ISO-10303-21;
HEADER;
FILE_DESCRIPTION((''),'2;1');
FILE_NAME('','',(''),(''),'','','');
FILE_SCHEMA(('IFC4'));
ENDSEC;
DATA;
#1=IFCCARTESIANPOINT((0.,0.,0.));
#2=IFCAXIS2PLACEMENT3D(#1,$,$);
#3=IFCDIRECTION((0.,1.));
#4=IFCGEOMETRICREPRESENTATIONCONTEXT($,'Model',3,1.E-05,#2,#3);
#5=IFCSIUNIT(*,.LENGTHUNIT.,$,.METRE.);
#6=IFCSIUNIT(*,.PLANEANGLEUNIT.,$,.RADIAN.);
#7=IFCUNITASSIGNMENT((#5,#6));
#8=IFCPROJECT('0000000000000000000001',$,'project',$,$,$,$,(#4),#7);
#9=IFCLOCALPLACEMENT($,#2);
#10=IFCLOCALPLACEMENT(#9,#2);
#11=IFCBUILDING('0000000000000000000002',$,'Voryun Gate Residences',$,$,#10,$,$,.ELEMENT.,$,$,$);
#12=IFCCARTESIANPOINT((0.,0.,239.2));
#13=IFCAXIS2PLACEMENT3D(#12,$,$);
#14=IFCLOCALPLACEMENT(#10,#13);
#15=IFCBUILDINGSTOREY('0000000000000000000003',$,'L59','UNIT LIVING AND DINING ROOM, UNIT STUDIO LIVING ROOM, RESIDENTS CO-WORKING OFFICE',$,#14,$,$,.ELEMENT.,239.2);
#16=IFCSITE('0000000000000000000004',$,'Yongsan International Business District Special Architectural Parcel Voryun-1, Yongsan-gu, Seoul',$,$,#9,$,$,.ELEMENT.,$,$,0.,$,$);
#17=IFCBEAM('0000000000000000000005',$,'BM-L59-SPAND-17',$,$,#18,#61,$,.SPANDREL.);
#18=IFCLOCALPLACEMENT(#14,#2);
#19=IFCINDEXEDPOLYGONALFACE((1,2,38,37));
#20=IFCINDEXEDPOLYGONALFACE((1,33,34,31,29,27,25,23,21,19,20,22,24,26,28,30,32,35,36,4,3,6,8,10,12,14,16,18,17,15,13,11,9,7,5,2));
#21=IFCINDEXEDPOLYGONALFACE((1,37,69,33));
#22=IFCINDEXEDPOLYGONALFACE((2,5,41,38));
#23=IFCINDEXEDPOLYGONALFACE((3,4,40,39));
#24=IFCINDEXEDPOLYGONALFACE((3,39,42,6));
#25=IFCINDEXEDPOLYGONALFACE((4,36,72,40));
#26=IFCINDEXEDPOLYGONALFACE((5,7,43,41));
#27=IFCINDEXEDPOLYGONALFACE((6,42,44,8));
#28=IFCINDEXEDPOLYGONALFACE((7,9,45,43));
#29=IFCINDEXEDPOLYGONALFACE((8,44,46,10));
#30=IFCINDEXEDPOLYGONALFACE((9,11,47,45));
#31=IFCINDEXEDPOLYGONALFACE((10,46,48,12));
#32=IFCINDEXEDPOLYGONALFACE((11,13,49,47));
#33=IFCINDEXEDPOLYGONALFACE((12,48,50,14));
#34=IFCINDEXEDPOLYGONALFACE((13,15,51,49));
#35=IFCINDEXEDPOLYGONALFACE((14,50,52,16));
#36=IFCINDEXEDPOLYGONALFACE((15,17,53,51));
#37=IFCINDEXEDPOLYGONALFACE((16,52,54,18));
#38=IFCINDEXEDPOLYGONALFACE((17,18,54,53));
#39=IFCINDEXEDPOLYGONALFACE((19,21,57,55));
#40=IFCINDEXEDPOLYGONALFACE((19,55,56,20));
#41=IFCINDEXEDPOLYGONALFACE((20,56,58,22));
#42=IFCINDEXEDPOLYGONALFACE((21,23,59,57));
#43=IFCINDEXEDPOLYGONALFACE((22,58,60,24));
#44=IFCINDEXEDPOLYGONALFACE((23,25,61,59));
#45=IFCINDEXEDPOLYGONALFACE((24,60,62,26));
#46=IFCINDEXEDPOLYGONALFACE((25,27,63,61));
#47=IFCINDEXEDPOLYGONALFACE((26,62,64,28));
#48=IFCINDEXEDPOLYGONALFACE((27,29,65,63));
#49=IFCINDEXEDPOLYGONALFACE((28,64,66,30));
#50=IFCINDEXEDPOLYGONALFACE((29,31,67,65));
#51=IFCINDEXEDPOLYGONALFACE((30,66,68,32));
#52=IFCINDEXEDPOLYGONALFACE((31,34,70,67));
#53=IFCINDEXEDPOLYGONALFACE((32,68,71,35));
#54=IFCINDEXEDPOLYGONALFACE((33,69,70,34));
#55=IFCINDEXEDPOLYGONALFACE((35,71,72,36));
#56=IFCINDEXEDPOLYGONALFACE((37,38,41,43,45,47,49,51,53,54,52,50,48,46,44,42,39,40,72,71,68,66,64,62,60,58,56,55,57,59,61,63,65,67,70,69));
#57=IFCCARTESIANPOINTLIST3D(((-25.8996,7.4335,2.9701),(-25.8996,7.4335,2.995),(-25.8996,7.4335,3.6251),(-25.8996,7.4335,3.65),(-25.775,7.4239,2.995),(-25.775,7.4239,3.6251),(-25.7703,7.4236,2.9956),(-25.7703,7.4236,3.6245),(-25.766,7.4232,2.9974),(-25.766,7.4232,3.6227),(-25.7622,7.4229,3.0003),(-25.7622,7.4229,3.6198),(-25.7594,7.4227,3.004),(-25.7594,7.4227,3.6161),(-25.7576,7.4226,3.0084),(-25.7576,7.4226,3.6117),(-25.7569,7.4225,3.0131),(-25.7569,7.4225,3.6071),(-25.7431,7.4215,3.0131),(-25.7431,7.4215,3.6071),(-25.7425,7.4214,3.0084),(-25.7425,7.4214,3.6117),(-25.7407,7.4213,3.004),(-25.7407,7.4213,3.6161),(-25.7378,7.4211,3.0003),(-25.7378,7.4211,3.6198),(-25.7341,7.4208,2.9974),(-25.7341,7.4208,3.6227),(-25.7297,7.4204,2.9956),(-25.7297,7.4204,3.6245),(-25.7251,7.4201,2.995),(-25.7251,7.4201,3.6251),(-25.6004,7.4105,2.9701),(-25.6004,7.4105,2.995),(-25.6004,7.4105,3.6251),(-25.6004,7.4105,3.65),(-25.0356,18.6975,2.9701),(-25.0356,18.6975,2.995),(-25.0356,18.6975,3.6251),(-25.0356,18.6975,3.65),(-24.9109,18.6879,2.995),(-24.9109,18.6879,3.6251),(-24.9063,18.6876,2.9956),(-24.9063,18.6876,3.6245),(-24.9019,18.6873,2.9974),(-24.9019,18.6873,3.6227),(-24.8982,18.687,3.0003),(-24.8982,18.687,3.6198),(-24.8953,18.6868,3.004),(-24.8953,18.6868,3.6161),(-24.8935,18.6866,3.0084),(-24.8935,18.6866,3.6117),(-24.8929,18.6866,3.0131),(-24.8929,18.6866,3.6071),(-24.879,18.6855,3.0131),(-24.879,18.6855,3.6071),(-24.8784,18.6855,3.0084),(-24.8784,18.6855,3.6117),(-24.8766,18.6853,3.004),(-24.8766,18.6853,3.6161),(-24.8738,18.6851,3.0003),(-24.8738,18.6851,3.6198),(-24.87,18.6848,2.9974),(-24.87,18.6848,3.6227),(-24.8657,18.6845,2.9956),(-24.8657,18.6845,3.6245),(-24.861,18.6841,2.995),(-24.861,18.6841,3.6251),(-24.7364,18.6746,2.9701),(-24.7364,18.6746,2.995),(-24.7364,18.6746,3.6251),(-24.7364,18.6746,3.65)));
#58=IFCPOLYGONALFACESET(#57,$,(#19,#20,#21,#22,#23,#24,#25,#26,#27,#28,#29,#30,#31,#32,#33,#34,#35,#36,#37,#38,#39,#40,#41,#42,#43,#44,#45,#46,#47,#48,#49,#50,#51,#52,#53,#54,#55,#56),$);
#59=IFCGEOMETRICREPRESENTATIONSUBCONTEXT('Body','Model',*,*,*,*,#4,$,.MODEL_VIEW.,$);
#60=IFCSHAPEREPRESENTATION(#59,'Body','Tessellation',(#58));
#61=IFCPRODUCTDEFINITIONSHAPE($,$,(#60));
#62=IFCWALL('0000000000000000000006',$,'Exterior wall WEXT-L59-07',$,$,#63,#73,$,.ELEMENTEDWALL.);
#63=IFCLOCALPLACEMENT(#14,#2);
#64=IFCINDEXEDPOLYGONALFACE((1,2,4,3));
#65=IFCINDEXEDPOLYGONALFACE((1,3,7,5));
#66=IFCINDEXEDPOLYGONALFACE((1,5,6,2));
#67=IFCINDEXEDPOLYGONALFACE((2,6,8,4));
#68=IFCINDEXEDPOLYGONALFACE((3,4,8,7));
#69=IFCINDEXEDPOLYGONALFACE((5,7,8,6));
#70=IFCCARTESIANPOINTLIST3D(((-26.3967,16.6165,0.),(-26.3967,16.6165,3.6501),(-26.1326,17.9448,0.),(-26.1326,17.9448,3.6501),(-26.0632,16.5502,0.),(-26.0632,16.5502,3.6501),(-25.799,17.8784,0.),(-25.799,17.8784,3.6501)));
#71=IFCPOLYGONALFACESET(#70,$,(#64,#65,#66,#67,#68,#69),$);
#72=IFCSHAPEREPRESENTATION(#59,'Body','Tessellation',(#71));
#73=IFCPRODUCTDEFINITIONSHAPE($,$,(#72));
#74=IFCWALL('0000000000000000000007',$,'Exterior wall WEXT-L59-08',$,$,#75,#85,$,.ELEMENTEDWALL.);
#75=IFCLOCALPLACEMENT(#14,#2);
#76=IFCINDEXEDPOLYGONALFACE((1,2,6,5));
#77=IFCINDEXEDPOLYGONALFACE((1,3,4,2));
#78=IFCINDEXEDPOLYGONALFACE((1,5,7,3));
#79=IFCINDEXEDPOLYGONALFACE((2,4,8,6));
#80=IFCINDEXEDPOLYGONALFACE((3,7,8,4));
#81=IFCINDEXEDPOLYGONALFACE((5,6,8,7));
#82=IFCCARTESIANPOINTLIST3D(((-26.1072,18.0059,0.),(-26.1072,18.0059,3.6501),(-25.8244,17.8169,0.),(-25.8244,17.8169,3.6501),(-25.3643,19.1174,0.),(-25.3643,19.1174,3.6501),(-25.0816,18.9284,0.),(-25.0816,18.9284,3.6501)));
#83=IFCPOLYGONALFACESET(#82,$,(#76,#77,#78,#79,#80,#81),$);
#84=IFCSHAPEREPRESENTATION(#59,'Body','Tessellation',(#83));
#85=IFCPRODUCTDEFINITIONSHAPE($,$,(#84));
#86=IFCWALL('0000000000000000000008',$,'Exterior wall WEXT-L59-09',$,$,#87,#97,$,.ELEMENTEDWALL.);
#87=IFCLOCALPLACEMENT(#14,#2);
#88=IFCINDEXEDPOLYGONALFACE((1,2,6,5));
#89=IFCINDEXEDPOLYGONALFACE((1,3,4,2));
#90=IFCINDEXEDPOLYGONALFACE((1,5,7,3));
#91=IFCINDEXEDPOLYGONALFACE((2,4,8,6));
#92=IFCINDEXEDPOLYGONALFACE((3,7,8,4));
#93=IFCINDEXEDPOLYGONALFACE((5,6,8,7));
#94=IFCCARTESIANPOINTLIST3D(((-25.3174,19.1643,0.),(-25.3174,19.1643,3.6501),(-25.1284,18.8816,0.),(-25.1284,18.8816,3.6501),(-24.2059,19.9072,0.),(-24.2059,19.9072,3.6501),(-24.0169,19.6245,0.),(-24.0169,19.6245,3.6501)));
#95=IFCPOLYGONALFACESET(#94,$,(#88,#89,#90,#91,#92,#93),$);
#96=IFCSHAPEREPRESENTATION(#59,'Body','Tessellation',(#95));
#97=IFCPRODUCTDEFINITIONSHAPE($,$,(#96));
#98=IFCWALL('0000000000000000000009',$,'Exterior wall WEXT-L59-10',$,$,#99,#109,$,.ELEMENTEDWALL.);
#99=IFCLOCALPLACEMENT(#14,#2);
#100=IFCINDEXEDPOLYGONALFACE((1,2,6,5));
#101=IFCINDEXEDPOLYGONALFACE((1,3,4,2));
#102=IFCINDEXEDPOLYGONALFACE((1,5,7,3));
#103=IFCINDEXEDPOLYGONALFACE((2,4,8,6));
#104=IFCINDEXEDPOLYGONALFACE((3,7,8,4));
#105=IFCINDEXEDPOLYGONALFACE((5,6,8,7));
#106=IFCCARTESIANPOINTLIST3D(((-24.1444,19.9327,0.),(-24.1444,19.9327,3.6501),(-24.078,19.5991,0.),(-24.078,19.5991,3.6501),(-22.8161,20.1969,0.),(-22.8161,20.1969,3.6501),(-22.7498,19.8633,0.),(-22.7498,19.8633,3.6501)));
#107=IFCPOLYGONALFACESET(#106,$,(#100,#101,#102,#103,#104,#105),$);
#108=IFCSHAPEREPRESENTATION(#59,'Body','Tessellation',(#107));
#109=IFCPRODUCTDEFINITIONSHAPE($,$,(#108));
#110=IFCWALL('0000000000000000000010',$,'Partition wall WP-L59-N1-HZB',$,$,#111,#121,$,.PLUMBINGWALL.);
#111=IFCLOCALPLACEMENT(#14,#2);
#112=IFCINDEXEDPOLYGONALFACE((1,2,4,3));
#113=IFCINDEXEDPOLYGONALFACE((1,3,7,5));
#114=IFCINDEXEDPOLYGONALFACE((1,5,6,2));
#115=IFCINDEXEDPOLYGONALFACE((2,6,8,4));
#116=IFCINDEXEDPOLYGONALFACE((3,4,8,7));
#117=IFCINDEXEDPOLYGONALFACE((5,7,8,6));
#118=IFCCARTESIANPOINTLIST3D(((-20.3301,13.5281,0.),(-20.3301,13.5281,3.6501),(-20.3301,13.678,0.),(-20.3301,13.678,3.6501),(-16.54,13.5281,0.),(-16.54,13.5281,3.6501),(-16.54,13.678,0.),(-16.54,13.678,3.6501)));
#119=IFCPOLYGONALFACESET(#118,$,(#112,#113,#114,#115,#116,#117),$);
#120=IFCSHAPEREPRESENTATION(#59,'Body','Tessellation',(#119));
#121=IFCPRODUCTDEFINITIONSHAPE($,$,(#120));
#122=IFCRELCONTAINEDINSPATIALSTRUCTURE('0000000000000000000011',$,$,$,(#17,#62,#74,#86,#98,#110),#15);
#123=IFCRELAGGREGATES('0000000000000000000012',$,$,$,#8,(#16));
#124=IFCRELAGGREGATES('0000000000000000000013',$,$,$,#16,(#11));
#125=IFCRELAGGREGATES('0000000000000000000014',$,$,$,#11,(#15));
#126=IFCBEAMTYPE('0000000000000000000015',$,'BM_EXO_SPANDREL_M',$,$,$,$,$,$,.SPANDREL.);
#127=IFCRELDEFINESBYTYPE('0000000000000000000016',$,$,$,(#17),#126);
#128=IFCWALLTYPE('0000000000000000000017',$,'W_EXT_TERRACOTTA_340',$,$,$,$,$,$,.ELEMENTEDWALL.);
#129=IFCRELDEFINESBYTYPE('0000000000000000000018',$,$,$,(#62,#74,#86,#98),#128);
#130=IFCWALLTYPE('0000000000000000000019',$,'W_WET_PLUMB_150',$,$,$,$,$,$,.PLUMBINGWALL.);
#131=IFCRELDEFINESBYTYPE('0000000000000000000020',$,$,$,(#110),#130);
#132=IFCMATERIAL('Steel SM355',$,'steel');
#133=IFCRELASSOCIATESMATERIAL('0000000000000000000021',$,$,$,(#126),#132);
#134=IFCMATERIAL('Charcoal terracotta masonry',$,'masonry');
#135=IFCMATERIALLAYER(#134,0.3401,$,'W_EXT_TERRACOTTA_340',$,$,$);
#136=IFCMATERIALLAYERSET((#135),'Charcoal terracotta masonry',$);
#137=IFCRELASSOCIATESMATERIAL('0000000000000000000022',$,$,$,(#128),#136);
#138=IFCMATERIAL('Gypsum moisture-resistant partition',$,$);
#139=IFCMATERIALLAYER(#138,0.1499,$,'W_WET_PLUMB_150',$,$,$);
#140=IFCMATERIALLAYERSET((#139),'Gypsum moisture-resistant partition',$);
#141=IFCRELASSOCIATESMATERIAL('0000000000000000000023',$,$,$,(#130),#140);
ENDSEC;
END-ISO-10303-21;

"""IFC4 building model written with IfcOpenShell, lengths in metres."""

from ifc_helpers import new_model, si_unit, direction, frame, frame_2d, origin, origin_2d, place, context, subcontext, project, spatial, rectangle, i_section, extrude, material, layer, layer_set, material_profile, profile_set, type_object, element, save


model = new_model("IFC4")

# Units and contexts
model_context = context("Model", 3, precision=1e-05, world=origin(), true_north=direction((0.0, 1.0)))
body_context = subcontext(model_context, "Body", "Model", "MODEL_VIEW")
ifc_project = project(units=[si_unit("LENGTHUNIT", "METRE"), si_unit("PLANEANGLEUNIT", "RADIAN")], contexts=[model_context])

# Site, building, storey
site_placement = place(None, origin())
site = spatial("IfcSite", under=ifc_project, at=site_placement, Name="Yongsan International Business District Special Architectural Parcel Voryun-1, Yongsan-gu, Seoul", CompositionType="ELEMENT", RefElevation=0.0)
building_placement = place(site_placement, origin())
building = spatial("IfcBuilding", under=site, at=building_placement, Name="Voryun Gate Residences", CompositionType="ELEMENT")
storey_placement = place(building_placement, frame((0.0, 0.0, 239.2)))
storey = spatial("IfcBuildingStorey", under=building, at=storey_placement, Name="L59", Description="UNIT LIVING AND DINING ROOM, UNIT STUDIO LIVING ROOM, RESIDENTS CO-WORKING OFFICE", CompositionType="ELEMENT", Elevation=239.2)

# Beam
ifc_material_1 = material(Name="Steel SM355", Category="steel")
ifc_material_profile_1 = material_profile(ifc_material_1, i_section(OverallWidth=0.3, OverallDepth=0.6799, WebThickness=0.0139, FlangeThickness=0.0249, FilletRadius=0.0181, at=origin_2d()), Name="H-680x300x14x25")
ifc_profile_set_1 = profile_set([ifc_material_profile_1], Name="Steel SM355")
beam_type = type_object("IfcBeamType", Name="BM_EXO_SPANDREL_M", PredefinedType="SPANDREL", material=ifc_profile_set_1)
beam_1_placement = place(storey_placement, frame((-24.886, 18.686, 3.3101), z_axis=(-0.076482, -0.997071, 0.0), x_axis=(0.997071, -0.076482, 0.0)))
element("IfcBeam", 1, at=beam_1_placement, inside=storey, type_object=beam_type, Name="BM-L59-SPAND-17", PredefinedType="SPANDREL", context=body_context, shape_type="SweptSolid", body=[
    extrude(i_section(OverallWidth=0.3, OverallDepth=0.6799, WebThickness=0.0139, FlangeThickness=0.0249, FilletRadius=0.0181, at=origin_2d()), origin(), (0.0, 0.0, 1.0), 11.2971),
])

# Walls
ifc_material_2 = material(Name="Charcoal terracotta masonry", Category="masonry")
ifc_layer_1 = layer(ifc_material_2, 0.3401, Name="W_EXT_TERRACOTTA_340")
ifc_layer_set_1 = layer_set([ifc_layer_1], Name="Charcoal terracotta masonry")
wall_type_1 = type_object("IfcWallType", Name="W_EXT_TERRACOTTA_340", PredefinedType="ELEMENTEDWALL", material=ifc_layer_set_1)
wall_1_placement = place(storey_placement, frame((-26.23, 16.5833, 0.0), z_axis=(0.0, 0.0, 1.0), x_axis=(0.195076, 0.980788, 0.0)))
element("IfcWall", 2, at=wall_1_placement, inside=storey, type_object=wall_type_1, Name="Exterior wall WEXT-L59-07", PredefinedType="ELEMENTEDWALL", context=body_context, shape_type="SweptSolid", body=[
    extrude(rectangle(XDim=1.3542, YDim=0.3401, at=frame_2d((0.6772, 0.0))), origin(), (0.0, 0.0, 1.0), 3.6501),
])
for number, where, z_axis, x_axis, name in (
    (3, (-25.9658, 17.9114, 0.0), (0.0, 0.0, 1.0), (0.555669, 0.831404, 0.0), "Exterior wall WEXT-L59-08"),
    (4, (-25.2229, 19.0229, 0.0), (0.0, 0.0, 1.0), (0.831404, 0.555669, 0.0), "Exterior wall WEXT-L59-09"),
):
    element("IfcWall", number, at=place(storey_placement, frame(where, z_axis=z_axis, x_axis=x_axis)), inside=storey, type_object=wall_type_1, Name=name, PredefinedType="ELEMENTEDWALL", context=body_context, shape_type="SweptSolid", body=[
        extrude(rectangle(XDim=1.3369, YDim=0.3401, at=frame_2d((0.6685, 0.0))), origin(), (0.0, 0.0, 1.0), 3.6501),
    ])
wall_2_placement = place(storey_placement, frame((-24.1113, 19.7659, 0.0), z_axis=(0.0, 0.0, 1.0), x_axis=(0.980788, 0.195076, 0.0)))
element("IfcWall", 5, at=wall_2_placement, inside=storey, type_object=wall_type_1, Name="Exterior wall WEXT-L59-10", PredefinedType="ELEMENTEDWALL", context=body_context, shape_type="SweptSolid", body=[
    extrude(rectangle(XDim=1.3542, YDim=0.3401, at=frame_2d((0.6772, 0.0))), origin(), (0.0, 0.0, 1.0), 3.6501),
])

# Wall
ifc_material_3 = material(Name="Gypsum moisture-resistant partition")
ifc_layer_2 = layer(ifc_material_3, 0.1499, Name="W_WET_PLUMB_150")
ifc_layer_set_2 = layer_set([ifc_layer_2], Name="Gypsum moisture-resistant partition")
wall_type_2 = type_object("IfcWallType", Name="W_WET_PLUMB_150", PredefinedType="PLUMBINGWALL", material=ifc_layer_set_2)
wall_3_placement = place(storey_placement, frame((-20.3301, 13.603, 0.0), z_axis=(0.0, 0.0, 1.0), x_axis=(1.0, 0.0, 0.0)))
element("IfcWall", 6, at=wall_3_placement, inside=storey, type_object=wall_type_2, Name="Partition wall WP-L59-N1-HZB", PredefinedType="PLUMBINGWALL", context=body_context, shape_type="SweptSolid", body=[
    extrude(rectangle(XDim=3.79, YDim=0.1499, at=frame_2d((1.895, 0.0))), origin(), (0.0, 0.0, 1.0), 3.6501),
])

save(model, "model.ifc")
